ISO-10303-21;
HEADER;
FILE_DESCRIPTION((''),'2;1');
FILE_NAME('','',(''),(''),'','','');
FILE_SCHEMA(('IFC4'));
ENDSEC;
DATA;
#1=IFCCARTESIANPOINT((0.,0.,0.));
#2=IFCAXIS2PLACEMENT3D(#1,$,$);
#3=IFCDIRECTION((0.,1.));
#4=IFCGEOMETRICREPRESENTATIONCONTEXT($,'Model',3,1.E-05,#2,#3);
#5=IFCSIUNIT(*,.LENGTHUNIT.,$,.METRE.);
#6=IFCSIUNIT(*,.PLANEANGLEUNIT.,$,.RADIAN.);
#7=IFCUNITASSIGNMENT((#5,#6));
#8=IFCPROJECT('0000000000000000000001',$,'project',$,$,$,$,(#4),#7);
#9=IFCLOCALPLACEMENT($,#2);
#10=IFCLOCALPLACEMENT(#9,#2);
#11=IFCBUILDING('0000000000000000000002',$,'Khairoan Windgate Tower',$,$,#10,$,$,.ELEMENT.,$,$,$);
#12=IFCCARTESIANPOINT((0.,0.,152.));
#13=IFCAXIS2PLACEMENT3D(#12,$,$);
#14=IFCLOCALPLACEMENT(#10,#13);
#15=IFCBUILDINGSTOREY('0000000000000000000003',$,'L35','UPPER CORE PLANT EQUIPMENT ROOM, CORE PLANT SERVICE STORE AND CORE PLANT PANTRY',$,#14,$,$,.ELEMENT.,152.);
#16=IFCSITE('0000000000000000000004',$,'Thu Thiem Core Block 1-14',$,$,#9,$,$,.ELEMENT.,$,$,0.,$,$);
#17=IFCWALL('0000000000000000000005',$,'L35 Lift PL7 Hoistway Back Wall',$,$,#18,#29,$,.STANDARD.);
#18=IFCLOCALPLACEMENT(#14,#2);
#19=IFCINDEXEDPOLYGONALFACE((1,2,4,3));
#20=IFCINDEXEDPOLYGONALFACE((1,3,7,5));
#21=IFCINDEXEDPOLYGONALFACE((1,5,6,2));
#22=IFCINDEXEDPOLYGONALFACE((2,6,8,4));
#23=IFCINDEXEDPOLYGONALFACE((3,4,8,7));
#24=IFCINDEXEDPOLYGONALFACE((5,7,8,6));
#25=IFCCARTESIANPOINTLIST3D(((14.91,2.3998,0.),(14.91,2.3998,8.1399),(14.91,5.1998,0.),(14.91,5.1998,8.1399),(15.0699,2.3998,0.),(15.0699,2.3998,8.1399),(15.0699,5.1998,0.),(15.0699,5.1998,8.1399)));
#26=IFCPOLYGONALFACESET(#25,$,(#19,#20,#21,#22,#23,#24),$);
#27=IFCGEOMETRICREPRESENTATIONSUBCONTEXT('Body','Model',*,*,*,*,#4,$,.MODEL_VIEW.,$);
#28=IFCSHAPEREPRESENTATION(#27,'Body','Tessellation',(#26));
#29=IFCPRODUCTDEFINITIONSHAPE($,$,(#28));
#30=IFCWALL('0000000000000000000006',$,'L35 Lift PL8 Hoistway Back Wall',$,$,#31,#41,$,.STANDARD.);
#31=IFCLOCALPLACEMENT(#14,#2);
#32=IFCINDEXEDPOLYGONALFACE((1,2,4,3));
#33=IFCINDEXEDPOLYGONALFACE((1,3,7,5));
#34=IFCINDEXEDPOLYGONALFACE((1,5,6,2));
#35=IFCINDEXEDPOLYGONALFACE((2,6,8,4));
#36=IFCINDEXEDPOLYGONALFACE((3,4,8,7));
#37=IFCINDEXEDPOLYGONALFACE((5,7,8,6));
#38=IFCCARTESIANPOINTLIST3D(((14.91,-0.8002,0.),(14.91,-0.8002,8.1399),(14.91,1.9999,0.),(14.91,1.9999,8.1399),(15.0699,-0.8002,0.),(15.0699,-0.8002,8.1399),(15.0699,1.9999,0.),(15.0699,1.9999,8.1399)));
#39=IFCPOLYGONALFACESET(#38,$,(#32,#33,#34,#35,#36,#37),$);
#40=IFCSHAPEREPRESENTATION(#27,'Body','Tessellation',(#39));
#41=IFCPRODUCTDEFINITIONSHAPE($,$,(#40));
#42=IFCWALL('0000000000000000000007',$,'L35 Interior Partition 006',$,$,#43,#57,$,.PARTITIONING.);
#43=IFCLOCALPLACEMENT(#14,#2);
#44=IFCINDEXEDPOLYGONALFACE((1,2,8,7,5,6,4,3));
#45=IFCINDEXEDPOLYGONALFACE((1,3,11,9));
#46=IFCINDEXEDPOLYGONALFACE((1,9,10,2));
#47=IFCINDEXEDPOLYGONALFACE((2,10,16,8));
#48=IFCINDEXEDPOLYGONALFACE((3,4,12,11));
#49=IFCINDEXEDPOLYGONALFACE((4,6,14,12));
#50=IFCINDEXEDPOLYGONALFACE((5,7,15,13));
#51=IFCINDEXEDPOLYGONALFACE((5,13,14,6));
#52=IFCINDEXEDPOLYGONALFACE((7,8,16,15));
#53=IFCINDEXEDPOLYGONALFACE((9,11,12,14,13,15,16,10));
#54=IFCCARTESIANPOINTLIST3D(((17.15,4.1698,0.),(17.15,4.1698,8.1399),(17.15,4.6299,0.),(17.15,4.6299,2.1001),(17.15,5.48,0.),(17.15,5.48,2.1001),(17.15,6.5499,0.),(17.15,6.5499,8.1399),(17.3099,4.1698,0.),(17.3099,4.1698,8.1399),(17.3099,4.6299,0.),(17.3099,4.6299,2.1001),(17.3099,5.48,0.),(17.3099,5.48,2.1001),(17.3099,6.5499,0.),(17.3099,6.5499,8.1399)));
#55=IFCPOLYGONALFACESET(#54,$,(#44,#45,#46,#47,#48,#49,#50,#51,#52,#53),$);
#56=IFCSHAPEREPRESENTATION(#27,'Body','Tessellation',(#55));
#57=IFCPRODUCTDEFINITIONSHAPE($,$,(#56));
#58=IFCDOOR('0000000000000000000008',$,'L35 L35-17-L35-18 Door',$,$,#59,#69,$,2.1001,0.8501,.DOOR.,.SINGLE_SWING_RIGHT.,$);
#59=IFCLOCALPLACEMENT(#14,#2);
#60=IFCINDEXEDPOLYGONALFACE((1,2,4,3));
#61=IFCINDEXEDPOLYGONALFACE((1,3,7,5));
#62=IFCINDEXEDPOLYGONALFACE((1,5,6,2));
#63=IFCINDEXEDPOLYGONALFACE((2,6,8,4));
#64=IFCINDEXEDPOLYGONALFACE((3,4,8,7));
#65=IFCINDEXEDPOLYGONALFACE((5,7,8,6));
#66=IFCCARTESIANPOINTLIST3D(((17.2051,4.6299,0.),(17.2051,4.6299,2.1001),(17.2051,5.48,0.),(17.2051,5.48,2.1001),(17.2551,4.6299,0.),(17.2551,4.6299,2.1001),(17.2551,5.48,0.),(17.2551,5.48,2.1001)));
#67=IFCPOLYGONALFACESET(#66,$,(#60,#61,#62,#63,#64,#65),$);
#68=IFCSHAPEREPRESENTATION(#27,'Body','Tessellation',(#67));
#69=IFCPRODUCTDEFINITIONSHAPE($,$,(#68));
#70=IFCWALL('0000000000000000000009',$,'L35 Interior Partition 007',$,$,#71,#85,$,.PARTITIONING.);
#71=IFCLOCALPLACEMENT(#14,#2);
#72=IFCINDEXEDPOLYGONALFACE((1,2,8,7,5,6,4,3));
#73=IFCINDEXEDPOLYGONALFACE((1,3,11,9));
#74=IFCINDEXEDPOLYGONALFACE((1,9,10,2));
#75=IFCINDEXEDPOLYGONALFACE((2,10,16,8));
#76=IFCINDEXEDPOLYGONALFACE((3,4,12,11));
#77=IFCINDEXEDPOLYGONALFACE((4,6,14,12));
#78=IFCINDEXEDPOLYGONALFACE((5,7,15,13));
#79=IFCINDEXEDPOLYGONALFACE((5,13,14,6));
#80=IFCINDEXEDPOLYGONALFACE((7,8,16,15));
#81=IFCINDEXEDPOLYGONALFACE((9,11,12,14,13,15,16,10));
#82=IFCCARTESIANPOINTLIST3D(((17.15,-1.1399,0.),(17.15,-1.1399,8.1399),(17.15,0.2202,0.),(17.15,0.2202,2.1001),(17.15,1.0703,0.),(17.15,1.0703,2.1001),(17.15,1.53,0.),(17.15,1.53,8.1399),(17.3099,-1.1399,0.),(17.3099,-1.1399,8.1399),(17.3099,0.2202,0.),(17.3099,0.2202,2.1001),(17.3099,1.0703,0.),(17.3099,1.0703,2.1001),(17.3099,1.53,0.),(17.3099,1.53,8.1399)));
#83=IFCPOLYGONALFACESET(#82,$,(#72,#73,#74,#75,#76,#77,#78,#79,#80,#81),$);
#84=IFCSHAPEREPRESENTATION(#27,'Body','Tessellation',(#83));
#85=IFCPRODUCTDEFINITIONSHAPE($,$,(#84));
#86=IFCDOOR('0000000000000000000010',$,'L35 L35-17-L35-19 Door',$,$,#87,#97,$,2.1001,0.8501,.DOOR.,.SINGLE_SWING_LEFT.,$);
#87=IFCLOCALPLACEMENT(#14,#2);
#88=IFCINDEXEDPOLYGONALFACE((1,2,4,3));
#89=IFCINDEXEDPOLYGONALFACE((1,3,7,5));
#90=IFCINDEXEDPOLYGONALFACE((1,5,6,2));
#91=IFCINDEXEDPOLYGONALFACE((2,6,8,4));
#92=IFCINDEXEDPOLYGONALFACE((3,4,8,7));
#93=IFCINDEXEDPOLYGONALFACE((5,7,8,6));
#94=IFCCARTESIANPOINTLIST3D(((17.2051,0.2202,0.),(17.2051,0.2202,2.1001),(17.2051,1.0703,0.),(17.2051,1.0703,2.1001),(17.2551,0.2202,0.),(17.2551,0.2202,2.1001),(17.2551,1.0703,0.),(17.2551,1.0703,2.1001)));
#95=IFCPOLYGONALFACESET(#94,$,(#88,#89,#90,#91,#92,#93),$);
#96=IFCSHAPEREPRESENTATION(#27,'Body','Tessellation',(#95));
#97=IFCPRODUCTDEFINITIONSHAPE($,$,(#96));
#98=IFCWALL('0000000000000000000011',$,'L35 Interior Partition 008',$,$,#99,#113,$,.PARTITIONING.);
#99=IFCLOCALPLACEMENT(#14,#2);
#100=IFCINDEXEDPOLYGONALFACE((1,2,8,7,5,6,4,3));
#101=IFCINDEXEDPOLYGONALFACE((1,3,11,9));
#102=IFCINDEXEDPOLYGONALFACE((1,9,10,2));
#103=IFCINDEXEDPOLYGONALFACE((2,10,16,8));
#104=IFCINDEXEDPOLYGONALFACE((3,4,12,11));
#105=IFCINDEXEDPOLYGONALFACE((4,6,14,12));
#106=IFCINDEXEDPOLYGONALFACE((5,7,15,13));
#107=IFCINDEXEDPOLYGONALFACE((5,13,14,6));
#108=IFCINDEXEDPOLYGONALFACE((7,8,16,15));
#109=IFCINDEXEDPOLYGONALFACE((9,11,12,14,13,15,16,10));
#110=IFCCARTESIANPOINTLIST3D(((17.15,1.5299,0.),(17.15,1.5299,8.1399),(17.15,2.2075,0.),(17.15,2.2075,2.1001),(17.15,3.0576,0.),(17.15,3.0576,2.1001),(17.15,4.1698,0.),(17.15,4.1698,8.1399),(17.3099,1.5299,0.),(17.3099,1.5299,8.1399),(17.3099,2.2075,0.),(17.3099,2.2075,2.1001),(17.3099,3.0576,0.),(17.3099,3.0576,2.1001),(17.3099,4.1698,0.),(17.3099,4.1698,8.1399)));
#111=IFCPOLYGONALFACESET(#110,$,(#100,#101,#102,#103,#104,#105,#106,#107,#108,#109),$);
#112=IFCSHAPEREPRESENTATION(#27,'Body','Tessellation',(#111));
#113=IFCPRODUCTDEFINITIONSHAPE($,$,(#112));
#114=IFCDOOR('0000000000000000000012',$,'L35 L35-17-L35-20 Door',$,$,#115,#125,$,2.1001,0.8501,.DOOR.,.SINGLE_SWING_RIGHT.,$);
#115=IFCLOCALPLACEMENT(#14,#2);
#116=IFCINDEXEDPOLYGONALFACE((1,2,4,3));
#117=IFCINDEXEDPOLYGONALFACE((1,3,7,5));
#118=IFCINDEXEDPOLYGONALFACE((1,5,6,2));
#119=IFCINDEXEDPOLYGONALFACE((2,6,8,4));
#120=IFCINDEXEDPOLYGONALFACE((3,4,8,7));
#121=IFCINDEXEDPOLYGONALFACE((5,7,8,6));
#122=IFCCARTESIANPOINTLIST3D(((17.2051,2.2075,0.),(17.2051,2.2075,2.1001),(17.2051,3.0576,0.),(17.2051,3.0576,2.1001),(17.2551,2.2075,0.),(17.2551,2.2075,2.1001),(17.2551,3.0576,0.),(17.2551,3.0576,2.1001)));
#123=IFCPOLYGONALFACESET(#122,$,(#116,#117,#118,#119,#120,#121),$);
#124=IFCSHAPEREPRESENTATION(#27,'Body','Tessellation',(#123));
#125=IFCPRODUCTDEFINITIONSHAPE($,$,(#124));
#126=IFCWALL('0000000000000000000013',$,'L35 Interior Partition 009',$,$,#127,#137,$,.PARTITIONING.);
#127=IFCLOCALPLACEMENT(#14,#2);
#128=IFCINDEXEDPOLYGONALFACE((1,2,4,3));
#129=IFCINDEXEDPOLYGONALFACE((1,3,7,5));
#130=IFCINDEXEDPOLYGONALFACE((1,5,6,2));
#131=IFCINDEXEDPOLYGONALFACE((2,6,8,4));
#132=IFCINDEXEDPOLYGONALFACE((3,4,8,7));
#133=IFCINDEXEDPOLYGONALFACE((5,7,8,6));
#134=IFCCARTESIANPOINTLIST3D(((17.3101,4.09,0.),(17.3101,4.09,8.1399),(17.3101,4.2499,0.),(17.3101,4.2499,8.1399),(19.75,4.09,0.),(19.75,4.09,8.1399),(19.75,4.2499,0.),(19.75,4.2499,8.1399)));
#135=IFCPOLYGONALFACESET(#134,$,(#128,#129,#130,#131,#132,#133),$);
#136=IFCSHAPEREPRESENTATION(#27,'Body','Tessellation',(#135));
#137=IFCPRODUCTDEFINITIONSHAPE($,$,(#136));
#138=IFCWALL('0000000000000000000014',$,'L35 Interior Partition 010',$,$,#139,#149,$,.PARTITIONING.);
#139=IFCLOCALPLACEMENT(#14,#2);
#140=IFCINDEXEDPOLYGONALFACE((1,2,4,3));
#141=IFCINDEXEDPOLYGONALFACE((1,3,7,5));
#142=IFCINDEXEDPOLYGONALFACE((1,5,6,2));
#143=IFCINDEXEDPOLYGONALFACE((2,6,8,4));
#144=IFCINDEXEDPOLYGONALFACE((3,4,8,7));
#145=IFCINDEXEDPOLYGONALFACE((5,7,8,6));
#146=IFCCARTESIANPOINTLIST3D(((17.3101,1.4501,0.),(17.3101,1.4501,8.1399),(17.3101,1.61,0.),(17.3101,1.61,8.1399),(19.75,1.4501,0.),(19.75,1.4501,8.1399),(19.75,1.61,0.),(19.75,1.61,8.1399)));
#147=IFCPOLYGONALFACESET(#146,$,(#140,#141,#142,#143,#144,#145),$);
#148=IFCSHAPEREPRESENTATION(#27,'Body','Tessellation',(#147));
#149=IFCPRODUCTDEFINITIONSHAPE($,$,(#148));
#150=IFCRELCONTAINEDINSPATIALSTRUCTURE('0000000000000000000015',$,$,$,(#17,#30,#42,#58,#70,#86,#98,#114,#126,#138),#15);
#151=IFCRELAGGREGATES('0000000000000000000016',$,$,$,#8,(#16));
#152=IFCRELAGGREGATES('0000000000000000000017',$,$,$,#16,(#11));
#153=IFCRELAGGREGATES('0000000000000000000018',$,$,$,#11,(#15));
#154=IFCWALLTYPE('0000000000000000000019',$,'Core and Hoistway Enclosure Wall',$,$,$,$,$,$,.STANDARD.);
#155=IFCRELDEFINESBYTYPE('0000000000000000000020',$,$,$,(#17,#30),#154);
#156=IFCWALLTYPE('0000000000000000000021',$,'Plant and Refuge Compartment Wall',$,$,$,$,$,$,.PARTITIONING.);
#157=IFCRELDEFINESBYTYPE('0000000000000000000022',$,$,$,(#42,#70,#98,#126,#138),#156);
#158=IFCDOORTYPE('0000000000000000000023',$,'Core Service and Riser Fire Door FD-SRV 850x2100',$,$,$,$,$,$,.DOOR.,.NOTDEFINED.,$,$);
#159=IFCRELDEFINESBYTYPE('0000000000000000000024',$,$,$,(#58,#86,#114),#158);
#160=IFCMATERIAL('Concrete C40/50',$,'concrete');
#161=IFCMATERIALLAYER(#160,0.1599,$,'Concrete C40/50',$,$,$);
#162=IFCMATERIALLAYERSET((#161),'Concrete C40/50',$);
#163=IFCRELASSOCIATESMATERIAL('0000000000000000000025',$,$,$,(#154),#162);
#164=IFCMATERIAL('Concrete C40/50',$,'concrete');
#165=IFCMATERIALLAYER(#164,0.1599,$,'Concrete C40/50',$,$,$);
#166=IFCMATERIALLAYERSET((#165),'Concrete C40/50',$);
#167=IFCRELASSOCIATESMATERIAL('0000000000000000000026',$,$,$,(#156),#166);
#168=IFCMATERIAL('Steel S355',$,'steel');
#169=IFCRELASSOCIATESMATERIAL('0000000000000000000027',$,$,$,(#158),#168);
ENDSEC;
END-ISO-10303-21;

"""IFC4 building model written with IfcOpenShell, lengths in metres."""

from ifc_helpers import new_model, si_unit, direction, frame, frame_2d, origin, place, context, subcontext, project, spatial, rectangle, extrude, material, layer, layer_set, type_object, element, fill, save


model = new_model("IFC4")

# Units and contexts
model_context = context("Model", 3, precision=1e-05, world=origin(), true_north=direction((0.0, 1.0)))
body_context = subcontext(model_context, "Body", "Model", "MODEL_VIEW")
ifc_project = project(units=[si_unit("LENGTHUNIT", "METRE"), si_unit("PLANEANGLEUNIT", "RADIAN")], contexts=[model_context])

# Site, building, storey
site_placement = place(None, origin())
site = spatial("IfcSite", under=ifc_project, at=site_placement, Name="Thu Thiem Core Block 1-14", CompositionType="ELEMENT", RefElevation=0.0)
building_placement = place(site_placement, origin())
building = spatial("IfcBuilding", under=site, at=building_placement, Name="Khairoan Windgate Tower", CompositionType="ELEMENT")
storey_placement = place(building_placement, frame((0.0, 0.0, 152.0)))
storey = spatial("IfcBuildingStorey", under=building, at=storey_placement, Name="L35", Description="UPPER CORE PLANT EQUIPMENT ROOM, CORE PLANT SERVICE STORE AND CORE PLANT PANTRY", CompositionType="ELEMENT", Elevation=152.0)

# Walls
ifc_material_1 = material(Name="Concrete C40/50", Category="concrete")
ifc_layer_1 = layer(ifc_material_1, 0.1599, Name="Concrete C40/50")
ifc_layer_set_1 = layer_set([ifc_layer_1], Name="Concrete C40/50")
wall_type_1 = type_object("IfcWallType", Name="Core and Hoistway Enclosure Wall", PredefinedType="STANDARD", material=ifc_layer_set_1)
for number, where, z_axis, x_axis, name in (
    (1, (14.99, 2.3999, 0.0), (0.0, 0.0, 1.0), (0.0, 1.0, 0.0), "L35 Lift PL7 Hoistway Back Wall"),
    (2, (14.99, -0.8, 0.0), (0.0, 0.0, 1.0), (0.0, 1.0, 0.0), "L35 Lift PL8 Hoistway Back Wall"),
):
    element("IfcWall", number, at=place(storey_placement, frame(where, z_axis=z_axis, x_axis=x_axis)), inside=storey, type_object=wall_type_1, Name=name, PredefinedType="STANDARD", context=body_context, shape_type="SweptSolid", body=[
        extrude(rectangle(XDim=2.8, YDim=0.1599, at=frame_2d((1.3999, 0.0))), origin(), (0.0, 0.0, 1.0), 8.1399),
    ])

# Walls, openings, doors
ifc_material_2 = material(Name="Concrete C40/50", Category="concrete")
ifc_layer_2 = layer(ifc_material_2, 0.1599, Name="Concrete C40/50")
ifc_layer_set_2 = layer_set([ifc_layer_2], Name="Concrete C40/50")
wall_type_2 = type_object("IfcWallType", Name="Plant and Refuge Compartment Wall", PredefinedType="PARTITIONING", material=ifc_layer_set_2)
wall_1_placement = place(storey_placement, frame((17.23, 4.1699, 0.0), z_axis=(0.0, 0.0, 1.0), x_axis=(0.0, 1.0, 0.0)))
wall_1 = element("IfcWall", 3, at=wall_1_placement, inside=storey, type_object=wall_type_2, Name="L35 Interior Partition 006", PredefinedType="PARTITIONING", context=body_context, shape_type="SweptSolid", body=[
    extrude(rectangle(XDim=2.3801, YDim=0.1599, at=frame_2d((1.1899, 0.0))), origin(), (0.0, 0.0, 1.0), 8.1399),
])
opening_1_placement = place(wall_1_placement, frame((0.46, 0.0, 0.0)))
opening_1 = element("IfcOpeningElement", 4, at=opening_1_placement, cuts=wall_1, PredefinedType="OPENING", context=body_context, shape_type="SweptSolid", body=[
    extrude(rectangle(XDim=0.8501, YDim=2.1001, at=frame_2d((0.425, 1.05))), frame((0.0, 0.0898, 0.0), z_axis=(0.0, -1.0, 0.0), x_axis=(1.0, 0.0, 0.0)), (0.0, 0.0, 1.0), 0.1799),
])
ifc_material_3 = material(Name="Steel S355", Category="steel")
door_type = type_object("IfcDoorType", Name="Core Service and Riser Fire Door FD-SRV 850x2100", OperationType="NOTDEFINED", PredefinedType="DOOR", material=ifc_material_3)
door_1_placement = place(opening_1_placement, origin())
door_1 = element("IfcDoor", 5, at=door_1_placement, inside=storey, type_object=door_type, Name="L35 L35-17-L35-18 Door", OperationType="SINGLE_SWING_RIGHT", OverallHeight=2.1001, OverallWidth=0.8501, PredefinedType="DOOR", context=body_context, shape_type="SweptSolid", body=[
    extrude(rectangle(XDim=0.8501, YDim=2.1001, at=frame_2d((0.425, 1.05))), frame((0.0, 0.0249, 0.0), z_axis=(0.0, -1.0, 0.0), x_axis=(1.0, 0.0, 0.0)), (0.0, 0.0, 1.0), 0.05),
])
fill(opening_1, door_1)
wall_2_placement = place(storey_placement, frame((17.23, -1.1399, 0.0), z_axis=(0.0, 0.0, 1.0), x_axis=(0.0, 1.0, 0.0)))
wall_2 = element("IfcWall", 6, at=wall_2_placement, inside=storey, type_object=wall_type_2, Name="L35 Interior Partition 007", PredefinedType="PARTITIONING", context=body_context, shape_type="SweptSolid", body=[
    extrude(rectangle(XDim=2.6699, YDim=0.1599, at=frame_2d((1.335, 0.0))), origin(), (0.0, 0.0, 1.0), 8.1399),
])
opening_2_placement = place(wall_2_placement, frame((1.3601, 0.0, 0.0)))
opening_2 = element("IfcOpeningElement", 7, at=opening_2_placement, cuts=wall_2, PredefinedType="OPENING", context=body_context, shape_type="SweptSolid", body=[
    extrude(rectangle(XDim=0.8501, YDim=2.1001, at=frame_2d((0.425, 1.05))), frame((0.0, 0.0898, 0.0), z_axis=(0.0, -1.0, 0.0), x_axis=(1.0, 0.0, 0.0)), (0.0, 0.0, 1.0), 0.1799),
])
door_2_placement = place(opening_2_placement, origin())
door_2 = element("IfcDoor", 8, at=door_2_placement, inside=storey, type_object=door_type, Name="L35 L35-17-L35-19 Door", OperationType="SINGLE_SWING_LEFT", OverallHeight=2.1001, OverallWidth=0.8501, PredefinedType="DOOR", context=body_context, shape_type="SweptSolid", body=[
    extrude(rectangle(XDim=0.8501, YDim=2.1001, at=frame_2d((0.425, 1.05))), frame((0.0, 0.0249, 0.0), z_axis=(0.0, -1.0, 0.0), x_axis=(1.0, 0.0, 0.0)), (0.0, 0.0, 1.0), 0.05),
])
fill(opening_2, door_2)
wall_3_placement = place(storey_placement, frame((17.23, 1.53, 0.0), z_axis=(0.0, 0.0, 1.0), x_axis=(0.0, 1.0, 0.0)))
wall_3 = element("IfcWall", 9, at=wall_3_placement, inside=storey, type_object=wall_type_2, Name="L35 Interior Partition 008", PredefinedType="PARTITIONING", context=body_context, shape_type="SweptSolid", body=[
    extrude(rectangle(XDim=2.6399, YDim=0.1599, at=frame_2d((1.3198, 0.0))), origin(), (0.0, 0.0, 1.0), 8.1399),
])
opening_3_placement = place(wall_3_placement, frame((0.6775, 0.0, 0.0)))
opening_3 = element("IfcOpeningElement", 10, at=opening_3_placement, cuts=wall_3, PredefinedType="OPENING", context=body_context, shape_type="SweptSolid", body=[
    extrude(rectangle(XDim=0.8501, YDim=2.1001, at=frame_2d((0.425, 1.05))), frame((0.0, 0.0898, 0.0), z_axis=(0.0, -1.0, 0.0), x_axis=(1.0, 0.0, 0.0)), (0.0, 0.0, 1.0), 0.1799),
])
door_3_placement = place(opening_3_placement, origin())
door_3 = element("IfcDoor", 11, at=door_3_placement, inside=storey, type_object=door_type, Name="L35 L35-17-L35-20 Door", OperationType="SINGLE_SWING_RIGHT", OverallHeight=2.1001, OverallWidth=0.8501, PredefinedType="DOOR", context=body_context, shape_type="SweptSolid", body=[
    extrude(rectangle(XDim=0.8501, YDim=2.1001, at=frame_2d((0.425, 1.05))), frame((0.0, 0.0249, 0.0), z_axis=(0.0, -1.0, 0.0), x_axis=(1.0, 0.0, 0.0)), (0.0, 0.0, 1.0), 0.05),
])
fill(opening_3, door_3)

# Walls
for number, where, z_axis, x_axis, name in (
    (12, (17.3101, 4.1699, 0.0), (0.0, 0.0, 1.0), (1.0, 0.0, 0.0), "L35 Interior Partition 009"),
    (13, (17.3101, 1.53, 0.0), (0.0, 0.0, 1.0), (1.0, 0.0, 0.0), "L35 Interior Partition 010"),
):
    element("IfcWall", number, at=place(storey_placement, frame(where, z_axis=z_axis, x_axis=x_axis)), inside=storey, type_object=wall_type_2, Name=name, PredefinedType="PARTITIONING", context=body_context, shape_type="SweptSolid", body=[
        extrude(rectangle(XDim=2.4399, YDim=0.1599, at=frame_2d((1.22, 0.0))), origin(), (0.0, 0.0, 1.0), 8.1399),
    ])

save(model, "model.ifc")
